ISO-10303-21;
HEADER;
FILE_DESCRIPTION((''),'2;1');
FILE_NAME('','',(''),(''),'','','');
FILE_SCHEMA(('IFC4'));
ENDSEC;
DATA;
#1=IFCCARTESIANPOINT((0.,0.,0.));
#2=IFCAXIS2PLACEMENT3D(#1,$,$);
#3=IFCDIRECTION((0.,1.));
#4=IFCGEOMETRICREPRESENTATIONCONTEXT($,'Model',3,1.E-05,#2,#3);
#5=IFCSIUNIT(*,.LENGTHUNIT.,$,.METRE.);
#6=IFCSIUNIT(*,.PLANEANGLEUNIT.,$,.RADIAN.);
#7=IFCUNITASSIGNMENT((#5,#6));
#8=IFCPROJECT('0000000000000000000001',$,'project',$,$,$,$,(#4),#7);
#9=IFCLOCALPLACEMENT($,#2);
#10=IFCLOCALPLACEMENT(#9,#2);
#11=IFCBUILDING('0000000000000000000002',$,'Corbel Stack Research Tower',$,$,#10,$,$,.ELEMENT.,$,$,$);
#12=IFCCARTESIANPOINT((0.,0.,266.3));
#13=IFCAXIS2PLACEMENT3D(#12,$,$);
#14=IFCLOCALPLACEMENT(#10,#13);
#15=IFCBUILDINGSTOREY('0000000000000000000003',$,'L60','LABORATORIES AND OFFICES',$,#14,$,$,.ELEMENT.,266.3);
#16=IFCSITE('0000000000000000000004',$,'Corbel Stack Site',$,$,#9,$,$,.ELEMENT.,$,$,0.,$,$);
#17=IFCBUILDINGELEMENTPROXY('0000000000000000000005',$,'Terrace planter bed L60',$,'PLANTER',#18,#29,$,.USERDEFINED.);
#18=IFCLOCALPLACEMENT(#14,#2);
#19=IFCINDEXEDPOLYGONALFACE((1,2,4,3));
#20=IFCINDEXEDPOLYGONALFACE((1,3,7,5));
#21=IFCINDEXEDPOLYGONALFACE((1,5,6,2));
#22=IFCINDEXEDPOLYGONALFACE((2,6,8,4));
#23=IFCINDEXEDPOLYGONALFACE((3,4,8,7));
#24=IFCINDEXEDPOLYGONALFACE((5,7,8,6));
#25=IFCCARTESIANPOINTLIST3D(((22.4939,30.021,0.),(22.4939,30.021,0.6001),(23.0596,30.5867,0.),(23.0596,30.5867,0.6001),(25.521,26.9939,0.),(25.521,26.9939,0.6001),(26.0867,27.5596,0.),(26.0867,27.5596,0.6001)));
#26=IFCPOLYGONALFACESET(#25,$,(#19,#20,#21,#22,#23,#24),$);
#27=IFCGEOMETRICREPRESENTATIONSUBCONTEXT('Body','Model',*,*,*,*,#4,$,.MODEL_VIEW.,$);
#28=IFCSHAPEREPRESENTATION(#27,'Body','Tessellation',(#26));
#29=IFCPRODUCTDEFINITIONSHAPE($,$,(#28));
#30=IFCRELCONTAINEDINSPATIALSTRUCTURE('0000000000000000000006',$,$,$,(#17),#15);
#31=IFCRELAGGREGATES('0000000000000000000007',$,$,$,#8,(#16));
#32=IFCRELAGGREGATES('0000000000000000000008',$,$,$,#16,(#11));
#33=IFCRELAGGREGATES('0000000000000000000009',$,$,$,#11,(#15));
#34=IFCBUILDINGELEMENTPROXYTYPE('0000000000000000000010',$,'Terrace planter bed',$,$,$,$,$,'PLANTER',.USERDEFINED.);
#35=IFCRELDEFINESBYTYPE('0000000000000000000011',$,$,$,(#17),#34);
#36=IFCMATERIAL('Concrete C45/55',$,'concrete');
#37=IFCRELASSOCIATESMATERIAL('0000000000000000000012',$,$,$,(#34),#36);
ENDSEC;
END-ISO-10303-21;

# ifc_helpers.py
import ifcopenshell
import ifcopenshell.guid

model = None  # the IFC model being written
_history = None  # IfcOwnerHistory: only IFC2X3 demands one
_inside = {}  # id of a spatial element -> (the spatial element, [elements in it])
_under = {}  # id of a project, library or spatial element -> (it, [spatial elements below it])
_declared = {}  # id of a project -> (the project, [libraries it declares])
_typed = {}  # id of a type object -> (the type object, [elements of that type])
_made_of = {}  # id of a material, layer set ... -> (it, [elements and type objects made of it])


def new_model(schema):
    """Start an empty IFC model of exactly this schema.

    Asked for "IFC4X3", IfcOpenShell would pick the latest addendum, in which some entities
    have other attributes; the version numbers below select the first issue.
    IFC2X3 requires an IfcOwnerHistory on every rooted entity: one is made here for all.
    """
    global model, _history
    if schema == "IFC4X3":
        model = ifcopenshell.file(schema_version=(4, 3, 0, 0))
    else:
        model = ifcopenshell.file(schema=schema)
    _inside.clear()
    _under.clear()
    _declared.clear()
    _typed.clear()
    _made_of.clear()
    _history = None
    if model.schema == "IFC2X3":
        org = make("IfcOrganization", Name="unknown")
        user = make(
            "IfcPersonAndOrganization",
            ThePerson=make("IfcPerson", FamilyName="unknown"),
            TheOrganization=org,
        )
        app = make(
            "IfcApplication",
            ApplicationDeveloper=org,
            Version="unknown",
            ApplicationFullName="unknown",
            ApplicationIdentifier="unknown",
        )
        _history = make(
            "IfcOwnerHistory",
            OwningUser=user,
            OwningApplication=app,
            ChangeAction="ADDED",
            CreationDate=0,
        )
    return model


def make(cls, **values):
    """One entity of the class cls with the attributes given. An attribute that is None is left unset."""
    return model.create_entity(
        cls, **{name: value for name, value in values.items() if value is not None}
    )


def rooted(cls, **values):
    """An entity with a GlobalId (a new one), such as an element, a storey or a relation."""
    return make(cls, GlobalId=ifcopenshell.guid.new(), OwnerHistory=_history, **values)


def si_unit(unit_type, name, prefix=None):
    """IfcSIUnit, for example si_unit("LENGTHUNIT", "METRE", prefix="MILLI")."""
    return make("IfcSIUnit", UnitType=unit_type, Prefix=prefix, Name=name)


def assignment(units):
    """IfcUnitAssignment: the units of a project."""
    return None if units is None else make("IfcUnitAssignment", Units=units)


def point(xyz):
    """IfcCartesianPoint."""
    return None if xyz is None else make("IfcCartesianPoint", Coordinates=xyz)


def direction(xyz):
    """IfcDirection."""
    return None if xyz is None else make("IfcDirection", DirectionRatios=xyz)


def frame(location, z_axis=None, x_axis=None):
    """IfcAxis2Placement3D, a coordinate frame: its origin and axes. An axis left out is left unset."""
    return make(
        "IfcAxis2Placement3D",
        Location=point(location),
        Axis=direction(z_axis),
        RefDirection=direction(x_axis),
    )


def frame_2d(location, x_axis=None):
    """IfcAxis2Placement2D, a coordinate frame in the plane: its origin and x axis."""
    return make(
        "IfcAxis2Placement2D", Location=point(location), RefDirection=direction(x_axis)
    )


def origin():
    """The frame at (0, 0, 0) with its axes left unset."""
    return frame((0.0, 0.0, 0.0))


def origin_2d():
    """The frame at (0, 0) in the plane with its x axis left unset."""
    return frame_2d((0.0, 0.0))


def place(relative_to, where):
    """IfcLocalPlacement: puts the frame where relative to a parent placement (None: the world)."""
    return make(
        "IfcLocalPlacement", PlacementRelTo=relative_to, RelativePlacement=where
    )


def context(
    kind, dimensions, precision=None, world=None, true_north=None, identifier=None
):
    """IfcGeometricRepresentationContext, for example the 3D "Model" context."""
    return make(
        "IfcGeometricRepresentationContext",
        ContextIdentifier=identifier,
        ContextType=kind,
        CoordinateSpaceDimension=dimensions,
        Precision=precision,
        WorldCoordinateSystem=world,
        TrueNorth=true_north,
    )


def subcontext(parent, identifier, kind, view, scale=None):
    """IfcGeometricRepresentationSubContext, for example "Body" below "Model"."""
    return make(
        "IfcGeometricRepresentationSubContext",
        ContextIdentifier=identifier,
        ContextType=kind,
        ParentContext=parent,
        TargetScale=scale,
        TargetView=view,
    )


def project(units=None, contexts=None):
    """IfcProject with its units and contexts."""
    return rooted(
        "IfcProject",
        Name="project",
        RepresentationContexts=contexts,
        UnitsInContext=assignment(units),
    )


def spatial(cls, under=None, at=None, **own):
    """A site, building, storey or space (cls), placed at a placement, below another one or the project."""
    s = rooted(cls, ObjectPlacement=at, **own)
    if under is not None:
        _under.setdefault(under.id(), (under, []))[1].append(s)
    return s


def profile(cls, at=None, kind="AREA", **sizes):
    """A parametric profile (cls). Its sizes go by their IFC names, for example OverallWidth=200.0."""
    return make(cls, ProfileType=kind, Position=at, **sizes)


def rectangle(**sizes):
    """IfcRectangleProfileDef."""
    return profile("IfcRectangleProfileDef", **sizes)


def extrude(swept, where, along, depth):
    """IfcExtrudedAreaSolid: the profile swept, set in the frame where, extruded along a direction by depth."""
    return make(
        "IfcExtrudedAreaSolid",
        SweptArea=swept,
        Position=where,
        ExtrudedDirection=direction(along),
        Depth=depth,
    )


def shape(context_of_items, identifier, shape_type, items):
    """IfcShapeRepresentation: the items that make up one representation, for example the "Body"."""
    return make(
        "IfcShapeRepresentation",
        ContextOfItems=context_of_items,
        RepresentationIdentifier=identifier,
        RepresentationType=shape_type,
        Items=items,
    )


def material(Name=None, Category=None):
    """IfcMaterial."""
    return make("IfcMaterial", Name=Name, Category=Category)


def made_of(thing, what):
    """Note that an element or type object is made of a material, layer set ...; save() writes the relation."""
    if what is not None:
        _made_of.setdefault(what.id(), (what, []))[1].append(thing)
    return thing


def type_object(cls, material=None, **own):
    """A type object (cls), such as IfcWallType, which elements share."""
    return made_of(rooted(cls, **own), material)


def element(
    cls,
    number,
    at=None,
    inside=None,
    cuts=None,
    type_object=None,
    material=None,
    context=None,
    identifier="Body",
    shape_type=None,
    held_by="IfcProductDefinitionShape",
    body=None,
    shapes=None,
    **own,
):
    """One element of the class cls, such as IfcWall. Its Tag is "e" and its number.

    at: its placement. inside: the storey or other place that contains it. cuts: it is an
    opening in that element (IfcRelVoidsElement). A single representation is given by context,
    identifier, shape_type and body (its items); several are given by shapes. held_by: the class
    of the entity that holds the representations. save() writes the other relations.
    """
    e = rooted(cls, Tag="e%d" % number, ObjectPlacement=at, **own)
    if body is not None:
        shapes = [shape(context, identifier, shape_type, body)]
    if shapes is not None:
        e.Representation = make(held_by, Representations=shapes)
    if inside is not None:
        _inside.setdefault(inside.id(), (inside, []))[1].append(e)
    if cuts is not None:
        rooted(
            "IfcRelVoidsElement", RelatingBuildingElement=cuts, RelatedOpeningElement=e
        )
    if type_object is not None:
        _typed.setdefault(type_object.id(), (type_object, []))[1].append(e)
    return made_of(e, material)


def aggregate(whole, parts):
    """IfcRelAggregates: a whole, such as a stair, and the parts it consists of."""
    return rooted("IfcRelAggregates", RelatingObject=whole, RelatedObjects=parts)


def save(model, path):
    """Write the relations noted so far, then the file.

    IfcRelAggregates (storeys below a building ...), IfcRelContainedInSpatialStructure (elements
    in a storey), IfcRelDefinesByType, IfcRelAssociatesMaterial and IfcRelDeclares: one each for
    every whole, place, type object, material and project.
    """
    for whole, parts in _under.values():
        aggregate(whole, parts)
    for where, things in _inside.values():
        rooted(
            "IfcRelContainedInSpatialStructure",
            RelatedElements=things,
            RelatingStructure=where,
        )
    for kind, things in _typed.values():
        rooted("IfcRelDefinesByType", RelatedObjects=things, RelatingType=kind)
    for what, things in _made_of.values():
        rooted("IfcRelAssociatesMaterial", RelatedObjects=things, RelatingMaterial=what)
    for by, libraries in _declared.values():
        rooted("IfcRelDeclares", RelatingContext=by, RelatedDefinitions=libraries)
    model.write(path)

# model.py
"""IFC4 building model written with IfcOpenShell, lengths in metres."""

from ifc_helpers import new_model, si_unit, direction, frame, origin, origin_2d, place, context, subcontext, project, spatial, rectangle, extrude, material, type_object, element, save


model = new_model("IFC4")

# Units and contexts
model_context = context("Model", 3, precision=1e-05, world=origin(), true_north=direction((0.0, 1.0)))
body_context = subcontext(model_context, "Body", "Model", "MODEL_VIEW")
ifc_project = project(units=[si_unit("LENGTHUNIT", "METRE"), si_unit("PLANEANGLEUNIT", "RADIAN")], contexts=[model_context])

# Site, building, storey
site_placement = place(None, origin())
site = spatial("IfcSite", under=ifc_project, at=site_placement, Name="Corbel Stack Site", CompositionType="ELEMENT", RefElevation=0.0)
building_placement = place(site_placement, origin())
building = spatial("IfcBuilding", under=site, at=building_placement, Name="Corbel Stack Research Tower", CompositionType="ELEMENT")
storey_placement = place(building_placement, frame((0.0, 0.0, 266.3)))
storey = spatial("IfcBuildingStorey", under=building, at=storey_placement, Name="L60", Description="LABORATORIES AND OFFICES", CompositionType="ELEMENT", Elevation=266.3)

# Building element proxy
ifc_material_1 = material(Name="Concrete C45/55", Category="concrete")
building_element_proxy_type = type_object("IfcBuildingElementProxyType", Name="Terrace planter bed", ElementType="PLANTER", PredefinedType="USERDEFINED", material=ifc_material_1)
proxy_placement = place(storey_placement, frame((24.2903, 28.7903, 0.0), z_axis=(0.0, 0.0, 1.0), x_axis=(0.707107, -0.707107, 0.0)))
element("IfcBuildingElementProxy", 1, at=proxy_placement, inside=storey, type_object=building_element_proxy_type, Name="Terrace planter bed L60", ObjectType="PLANTER", PredefinedType="USERDEFINED", context=body_context, shape_type="SweptSolid", body=[
    extrude(rectangle(XDim=4.281, YDim=0.8, at=origin_2d()), origin(), (0.0, 0.0, 1.0), 0.6001),
])

save(model, "model.ifc")
